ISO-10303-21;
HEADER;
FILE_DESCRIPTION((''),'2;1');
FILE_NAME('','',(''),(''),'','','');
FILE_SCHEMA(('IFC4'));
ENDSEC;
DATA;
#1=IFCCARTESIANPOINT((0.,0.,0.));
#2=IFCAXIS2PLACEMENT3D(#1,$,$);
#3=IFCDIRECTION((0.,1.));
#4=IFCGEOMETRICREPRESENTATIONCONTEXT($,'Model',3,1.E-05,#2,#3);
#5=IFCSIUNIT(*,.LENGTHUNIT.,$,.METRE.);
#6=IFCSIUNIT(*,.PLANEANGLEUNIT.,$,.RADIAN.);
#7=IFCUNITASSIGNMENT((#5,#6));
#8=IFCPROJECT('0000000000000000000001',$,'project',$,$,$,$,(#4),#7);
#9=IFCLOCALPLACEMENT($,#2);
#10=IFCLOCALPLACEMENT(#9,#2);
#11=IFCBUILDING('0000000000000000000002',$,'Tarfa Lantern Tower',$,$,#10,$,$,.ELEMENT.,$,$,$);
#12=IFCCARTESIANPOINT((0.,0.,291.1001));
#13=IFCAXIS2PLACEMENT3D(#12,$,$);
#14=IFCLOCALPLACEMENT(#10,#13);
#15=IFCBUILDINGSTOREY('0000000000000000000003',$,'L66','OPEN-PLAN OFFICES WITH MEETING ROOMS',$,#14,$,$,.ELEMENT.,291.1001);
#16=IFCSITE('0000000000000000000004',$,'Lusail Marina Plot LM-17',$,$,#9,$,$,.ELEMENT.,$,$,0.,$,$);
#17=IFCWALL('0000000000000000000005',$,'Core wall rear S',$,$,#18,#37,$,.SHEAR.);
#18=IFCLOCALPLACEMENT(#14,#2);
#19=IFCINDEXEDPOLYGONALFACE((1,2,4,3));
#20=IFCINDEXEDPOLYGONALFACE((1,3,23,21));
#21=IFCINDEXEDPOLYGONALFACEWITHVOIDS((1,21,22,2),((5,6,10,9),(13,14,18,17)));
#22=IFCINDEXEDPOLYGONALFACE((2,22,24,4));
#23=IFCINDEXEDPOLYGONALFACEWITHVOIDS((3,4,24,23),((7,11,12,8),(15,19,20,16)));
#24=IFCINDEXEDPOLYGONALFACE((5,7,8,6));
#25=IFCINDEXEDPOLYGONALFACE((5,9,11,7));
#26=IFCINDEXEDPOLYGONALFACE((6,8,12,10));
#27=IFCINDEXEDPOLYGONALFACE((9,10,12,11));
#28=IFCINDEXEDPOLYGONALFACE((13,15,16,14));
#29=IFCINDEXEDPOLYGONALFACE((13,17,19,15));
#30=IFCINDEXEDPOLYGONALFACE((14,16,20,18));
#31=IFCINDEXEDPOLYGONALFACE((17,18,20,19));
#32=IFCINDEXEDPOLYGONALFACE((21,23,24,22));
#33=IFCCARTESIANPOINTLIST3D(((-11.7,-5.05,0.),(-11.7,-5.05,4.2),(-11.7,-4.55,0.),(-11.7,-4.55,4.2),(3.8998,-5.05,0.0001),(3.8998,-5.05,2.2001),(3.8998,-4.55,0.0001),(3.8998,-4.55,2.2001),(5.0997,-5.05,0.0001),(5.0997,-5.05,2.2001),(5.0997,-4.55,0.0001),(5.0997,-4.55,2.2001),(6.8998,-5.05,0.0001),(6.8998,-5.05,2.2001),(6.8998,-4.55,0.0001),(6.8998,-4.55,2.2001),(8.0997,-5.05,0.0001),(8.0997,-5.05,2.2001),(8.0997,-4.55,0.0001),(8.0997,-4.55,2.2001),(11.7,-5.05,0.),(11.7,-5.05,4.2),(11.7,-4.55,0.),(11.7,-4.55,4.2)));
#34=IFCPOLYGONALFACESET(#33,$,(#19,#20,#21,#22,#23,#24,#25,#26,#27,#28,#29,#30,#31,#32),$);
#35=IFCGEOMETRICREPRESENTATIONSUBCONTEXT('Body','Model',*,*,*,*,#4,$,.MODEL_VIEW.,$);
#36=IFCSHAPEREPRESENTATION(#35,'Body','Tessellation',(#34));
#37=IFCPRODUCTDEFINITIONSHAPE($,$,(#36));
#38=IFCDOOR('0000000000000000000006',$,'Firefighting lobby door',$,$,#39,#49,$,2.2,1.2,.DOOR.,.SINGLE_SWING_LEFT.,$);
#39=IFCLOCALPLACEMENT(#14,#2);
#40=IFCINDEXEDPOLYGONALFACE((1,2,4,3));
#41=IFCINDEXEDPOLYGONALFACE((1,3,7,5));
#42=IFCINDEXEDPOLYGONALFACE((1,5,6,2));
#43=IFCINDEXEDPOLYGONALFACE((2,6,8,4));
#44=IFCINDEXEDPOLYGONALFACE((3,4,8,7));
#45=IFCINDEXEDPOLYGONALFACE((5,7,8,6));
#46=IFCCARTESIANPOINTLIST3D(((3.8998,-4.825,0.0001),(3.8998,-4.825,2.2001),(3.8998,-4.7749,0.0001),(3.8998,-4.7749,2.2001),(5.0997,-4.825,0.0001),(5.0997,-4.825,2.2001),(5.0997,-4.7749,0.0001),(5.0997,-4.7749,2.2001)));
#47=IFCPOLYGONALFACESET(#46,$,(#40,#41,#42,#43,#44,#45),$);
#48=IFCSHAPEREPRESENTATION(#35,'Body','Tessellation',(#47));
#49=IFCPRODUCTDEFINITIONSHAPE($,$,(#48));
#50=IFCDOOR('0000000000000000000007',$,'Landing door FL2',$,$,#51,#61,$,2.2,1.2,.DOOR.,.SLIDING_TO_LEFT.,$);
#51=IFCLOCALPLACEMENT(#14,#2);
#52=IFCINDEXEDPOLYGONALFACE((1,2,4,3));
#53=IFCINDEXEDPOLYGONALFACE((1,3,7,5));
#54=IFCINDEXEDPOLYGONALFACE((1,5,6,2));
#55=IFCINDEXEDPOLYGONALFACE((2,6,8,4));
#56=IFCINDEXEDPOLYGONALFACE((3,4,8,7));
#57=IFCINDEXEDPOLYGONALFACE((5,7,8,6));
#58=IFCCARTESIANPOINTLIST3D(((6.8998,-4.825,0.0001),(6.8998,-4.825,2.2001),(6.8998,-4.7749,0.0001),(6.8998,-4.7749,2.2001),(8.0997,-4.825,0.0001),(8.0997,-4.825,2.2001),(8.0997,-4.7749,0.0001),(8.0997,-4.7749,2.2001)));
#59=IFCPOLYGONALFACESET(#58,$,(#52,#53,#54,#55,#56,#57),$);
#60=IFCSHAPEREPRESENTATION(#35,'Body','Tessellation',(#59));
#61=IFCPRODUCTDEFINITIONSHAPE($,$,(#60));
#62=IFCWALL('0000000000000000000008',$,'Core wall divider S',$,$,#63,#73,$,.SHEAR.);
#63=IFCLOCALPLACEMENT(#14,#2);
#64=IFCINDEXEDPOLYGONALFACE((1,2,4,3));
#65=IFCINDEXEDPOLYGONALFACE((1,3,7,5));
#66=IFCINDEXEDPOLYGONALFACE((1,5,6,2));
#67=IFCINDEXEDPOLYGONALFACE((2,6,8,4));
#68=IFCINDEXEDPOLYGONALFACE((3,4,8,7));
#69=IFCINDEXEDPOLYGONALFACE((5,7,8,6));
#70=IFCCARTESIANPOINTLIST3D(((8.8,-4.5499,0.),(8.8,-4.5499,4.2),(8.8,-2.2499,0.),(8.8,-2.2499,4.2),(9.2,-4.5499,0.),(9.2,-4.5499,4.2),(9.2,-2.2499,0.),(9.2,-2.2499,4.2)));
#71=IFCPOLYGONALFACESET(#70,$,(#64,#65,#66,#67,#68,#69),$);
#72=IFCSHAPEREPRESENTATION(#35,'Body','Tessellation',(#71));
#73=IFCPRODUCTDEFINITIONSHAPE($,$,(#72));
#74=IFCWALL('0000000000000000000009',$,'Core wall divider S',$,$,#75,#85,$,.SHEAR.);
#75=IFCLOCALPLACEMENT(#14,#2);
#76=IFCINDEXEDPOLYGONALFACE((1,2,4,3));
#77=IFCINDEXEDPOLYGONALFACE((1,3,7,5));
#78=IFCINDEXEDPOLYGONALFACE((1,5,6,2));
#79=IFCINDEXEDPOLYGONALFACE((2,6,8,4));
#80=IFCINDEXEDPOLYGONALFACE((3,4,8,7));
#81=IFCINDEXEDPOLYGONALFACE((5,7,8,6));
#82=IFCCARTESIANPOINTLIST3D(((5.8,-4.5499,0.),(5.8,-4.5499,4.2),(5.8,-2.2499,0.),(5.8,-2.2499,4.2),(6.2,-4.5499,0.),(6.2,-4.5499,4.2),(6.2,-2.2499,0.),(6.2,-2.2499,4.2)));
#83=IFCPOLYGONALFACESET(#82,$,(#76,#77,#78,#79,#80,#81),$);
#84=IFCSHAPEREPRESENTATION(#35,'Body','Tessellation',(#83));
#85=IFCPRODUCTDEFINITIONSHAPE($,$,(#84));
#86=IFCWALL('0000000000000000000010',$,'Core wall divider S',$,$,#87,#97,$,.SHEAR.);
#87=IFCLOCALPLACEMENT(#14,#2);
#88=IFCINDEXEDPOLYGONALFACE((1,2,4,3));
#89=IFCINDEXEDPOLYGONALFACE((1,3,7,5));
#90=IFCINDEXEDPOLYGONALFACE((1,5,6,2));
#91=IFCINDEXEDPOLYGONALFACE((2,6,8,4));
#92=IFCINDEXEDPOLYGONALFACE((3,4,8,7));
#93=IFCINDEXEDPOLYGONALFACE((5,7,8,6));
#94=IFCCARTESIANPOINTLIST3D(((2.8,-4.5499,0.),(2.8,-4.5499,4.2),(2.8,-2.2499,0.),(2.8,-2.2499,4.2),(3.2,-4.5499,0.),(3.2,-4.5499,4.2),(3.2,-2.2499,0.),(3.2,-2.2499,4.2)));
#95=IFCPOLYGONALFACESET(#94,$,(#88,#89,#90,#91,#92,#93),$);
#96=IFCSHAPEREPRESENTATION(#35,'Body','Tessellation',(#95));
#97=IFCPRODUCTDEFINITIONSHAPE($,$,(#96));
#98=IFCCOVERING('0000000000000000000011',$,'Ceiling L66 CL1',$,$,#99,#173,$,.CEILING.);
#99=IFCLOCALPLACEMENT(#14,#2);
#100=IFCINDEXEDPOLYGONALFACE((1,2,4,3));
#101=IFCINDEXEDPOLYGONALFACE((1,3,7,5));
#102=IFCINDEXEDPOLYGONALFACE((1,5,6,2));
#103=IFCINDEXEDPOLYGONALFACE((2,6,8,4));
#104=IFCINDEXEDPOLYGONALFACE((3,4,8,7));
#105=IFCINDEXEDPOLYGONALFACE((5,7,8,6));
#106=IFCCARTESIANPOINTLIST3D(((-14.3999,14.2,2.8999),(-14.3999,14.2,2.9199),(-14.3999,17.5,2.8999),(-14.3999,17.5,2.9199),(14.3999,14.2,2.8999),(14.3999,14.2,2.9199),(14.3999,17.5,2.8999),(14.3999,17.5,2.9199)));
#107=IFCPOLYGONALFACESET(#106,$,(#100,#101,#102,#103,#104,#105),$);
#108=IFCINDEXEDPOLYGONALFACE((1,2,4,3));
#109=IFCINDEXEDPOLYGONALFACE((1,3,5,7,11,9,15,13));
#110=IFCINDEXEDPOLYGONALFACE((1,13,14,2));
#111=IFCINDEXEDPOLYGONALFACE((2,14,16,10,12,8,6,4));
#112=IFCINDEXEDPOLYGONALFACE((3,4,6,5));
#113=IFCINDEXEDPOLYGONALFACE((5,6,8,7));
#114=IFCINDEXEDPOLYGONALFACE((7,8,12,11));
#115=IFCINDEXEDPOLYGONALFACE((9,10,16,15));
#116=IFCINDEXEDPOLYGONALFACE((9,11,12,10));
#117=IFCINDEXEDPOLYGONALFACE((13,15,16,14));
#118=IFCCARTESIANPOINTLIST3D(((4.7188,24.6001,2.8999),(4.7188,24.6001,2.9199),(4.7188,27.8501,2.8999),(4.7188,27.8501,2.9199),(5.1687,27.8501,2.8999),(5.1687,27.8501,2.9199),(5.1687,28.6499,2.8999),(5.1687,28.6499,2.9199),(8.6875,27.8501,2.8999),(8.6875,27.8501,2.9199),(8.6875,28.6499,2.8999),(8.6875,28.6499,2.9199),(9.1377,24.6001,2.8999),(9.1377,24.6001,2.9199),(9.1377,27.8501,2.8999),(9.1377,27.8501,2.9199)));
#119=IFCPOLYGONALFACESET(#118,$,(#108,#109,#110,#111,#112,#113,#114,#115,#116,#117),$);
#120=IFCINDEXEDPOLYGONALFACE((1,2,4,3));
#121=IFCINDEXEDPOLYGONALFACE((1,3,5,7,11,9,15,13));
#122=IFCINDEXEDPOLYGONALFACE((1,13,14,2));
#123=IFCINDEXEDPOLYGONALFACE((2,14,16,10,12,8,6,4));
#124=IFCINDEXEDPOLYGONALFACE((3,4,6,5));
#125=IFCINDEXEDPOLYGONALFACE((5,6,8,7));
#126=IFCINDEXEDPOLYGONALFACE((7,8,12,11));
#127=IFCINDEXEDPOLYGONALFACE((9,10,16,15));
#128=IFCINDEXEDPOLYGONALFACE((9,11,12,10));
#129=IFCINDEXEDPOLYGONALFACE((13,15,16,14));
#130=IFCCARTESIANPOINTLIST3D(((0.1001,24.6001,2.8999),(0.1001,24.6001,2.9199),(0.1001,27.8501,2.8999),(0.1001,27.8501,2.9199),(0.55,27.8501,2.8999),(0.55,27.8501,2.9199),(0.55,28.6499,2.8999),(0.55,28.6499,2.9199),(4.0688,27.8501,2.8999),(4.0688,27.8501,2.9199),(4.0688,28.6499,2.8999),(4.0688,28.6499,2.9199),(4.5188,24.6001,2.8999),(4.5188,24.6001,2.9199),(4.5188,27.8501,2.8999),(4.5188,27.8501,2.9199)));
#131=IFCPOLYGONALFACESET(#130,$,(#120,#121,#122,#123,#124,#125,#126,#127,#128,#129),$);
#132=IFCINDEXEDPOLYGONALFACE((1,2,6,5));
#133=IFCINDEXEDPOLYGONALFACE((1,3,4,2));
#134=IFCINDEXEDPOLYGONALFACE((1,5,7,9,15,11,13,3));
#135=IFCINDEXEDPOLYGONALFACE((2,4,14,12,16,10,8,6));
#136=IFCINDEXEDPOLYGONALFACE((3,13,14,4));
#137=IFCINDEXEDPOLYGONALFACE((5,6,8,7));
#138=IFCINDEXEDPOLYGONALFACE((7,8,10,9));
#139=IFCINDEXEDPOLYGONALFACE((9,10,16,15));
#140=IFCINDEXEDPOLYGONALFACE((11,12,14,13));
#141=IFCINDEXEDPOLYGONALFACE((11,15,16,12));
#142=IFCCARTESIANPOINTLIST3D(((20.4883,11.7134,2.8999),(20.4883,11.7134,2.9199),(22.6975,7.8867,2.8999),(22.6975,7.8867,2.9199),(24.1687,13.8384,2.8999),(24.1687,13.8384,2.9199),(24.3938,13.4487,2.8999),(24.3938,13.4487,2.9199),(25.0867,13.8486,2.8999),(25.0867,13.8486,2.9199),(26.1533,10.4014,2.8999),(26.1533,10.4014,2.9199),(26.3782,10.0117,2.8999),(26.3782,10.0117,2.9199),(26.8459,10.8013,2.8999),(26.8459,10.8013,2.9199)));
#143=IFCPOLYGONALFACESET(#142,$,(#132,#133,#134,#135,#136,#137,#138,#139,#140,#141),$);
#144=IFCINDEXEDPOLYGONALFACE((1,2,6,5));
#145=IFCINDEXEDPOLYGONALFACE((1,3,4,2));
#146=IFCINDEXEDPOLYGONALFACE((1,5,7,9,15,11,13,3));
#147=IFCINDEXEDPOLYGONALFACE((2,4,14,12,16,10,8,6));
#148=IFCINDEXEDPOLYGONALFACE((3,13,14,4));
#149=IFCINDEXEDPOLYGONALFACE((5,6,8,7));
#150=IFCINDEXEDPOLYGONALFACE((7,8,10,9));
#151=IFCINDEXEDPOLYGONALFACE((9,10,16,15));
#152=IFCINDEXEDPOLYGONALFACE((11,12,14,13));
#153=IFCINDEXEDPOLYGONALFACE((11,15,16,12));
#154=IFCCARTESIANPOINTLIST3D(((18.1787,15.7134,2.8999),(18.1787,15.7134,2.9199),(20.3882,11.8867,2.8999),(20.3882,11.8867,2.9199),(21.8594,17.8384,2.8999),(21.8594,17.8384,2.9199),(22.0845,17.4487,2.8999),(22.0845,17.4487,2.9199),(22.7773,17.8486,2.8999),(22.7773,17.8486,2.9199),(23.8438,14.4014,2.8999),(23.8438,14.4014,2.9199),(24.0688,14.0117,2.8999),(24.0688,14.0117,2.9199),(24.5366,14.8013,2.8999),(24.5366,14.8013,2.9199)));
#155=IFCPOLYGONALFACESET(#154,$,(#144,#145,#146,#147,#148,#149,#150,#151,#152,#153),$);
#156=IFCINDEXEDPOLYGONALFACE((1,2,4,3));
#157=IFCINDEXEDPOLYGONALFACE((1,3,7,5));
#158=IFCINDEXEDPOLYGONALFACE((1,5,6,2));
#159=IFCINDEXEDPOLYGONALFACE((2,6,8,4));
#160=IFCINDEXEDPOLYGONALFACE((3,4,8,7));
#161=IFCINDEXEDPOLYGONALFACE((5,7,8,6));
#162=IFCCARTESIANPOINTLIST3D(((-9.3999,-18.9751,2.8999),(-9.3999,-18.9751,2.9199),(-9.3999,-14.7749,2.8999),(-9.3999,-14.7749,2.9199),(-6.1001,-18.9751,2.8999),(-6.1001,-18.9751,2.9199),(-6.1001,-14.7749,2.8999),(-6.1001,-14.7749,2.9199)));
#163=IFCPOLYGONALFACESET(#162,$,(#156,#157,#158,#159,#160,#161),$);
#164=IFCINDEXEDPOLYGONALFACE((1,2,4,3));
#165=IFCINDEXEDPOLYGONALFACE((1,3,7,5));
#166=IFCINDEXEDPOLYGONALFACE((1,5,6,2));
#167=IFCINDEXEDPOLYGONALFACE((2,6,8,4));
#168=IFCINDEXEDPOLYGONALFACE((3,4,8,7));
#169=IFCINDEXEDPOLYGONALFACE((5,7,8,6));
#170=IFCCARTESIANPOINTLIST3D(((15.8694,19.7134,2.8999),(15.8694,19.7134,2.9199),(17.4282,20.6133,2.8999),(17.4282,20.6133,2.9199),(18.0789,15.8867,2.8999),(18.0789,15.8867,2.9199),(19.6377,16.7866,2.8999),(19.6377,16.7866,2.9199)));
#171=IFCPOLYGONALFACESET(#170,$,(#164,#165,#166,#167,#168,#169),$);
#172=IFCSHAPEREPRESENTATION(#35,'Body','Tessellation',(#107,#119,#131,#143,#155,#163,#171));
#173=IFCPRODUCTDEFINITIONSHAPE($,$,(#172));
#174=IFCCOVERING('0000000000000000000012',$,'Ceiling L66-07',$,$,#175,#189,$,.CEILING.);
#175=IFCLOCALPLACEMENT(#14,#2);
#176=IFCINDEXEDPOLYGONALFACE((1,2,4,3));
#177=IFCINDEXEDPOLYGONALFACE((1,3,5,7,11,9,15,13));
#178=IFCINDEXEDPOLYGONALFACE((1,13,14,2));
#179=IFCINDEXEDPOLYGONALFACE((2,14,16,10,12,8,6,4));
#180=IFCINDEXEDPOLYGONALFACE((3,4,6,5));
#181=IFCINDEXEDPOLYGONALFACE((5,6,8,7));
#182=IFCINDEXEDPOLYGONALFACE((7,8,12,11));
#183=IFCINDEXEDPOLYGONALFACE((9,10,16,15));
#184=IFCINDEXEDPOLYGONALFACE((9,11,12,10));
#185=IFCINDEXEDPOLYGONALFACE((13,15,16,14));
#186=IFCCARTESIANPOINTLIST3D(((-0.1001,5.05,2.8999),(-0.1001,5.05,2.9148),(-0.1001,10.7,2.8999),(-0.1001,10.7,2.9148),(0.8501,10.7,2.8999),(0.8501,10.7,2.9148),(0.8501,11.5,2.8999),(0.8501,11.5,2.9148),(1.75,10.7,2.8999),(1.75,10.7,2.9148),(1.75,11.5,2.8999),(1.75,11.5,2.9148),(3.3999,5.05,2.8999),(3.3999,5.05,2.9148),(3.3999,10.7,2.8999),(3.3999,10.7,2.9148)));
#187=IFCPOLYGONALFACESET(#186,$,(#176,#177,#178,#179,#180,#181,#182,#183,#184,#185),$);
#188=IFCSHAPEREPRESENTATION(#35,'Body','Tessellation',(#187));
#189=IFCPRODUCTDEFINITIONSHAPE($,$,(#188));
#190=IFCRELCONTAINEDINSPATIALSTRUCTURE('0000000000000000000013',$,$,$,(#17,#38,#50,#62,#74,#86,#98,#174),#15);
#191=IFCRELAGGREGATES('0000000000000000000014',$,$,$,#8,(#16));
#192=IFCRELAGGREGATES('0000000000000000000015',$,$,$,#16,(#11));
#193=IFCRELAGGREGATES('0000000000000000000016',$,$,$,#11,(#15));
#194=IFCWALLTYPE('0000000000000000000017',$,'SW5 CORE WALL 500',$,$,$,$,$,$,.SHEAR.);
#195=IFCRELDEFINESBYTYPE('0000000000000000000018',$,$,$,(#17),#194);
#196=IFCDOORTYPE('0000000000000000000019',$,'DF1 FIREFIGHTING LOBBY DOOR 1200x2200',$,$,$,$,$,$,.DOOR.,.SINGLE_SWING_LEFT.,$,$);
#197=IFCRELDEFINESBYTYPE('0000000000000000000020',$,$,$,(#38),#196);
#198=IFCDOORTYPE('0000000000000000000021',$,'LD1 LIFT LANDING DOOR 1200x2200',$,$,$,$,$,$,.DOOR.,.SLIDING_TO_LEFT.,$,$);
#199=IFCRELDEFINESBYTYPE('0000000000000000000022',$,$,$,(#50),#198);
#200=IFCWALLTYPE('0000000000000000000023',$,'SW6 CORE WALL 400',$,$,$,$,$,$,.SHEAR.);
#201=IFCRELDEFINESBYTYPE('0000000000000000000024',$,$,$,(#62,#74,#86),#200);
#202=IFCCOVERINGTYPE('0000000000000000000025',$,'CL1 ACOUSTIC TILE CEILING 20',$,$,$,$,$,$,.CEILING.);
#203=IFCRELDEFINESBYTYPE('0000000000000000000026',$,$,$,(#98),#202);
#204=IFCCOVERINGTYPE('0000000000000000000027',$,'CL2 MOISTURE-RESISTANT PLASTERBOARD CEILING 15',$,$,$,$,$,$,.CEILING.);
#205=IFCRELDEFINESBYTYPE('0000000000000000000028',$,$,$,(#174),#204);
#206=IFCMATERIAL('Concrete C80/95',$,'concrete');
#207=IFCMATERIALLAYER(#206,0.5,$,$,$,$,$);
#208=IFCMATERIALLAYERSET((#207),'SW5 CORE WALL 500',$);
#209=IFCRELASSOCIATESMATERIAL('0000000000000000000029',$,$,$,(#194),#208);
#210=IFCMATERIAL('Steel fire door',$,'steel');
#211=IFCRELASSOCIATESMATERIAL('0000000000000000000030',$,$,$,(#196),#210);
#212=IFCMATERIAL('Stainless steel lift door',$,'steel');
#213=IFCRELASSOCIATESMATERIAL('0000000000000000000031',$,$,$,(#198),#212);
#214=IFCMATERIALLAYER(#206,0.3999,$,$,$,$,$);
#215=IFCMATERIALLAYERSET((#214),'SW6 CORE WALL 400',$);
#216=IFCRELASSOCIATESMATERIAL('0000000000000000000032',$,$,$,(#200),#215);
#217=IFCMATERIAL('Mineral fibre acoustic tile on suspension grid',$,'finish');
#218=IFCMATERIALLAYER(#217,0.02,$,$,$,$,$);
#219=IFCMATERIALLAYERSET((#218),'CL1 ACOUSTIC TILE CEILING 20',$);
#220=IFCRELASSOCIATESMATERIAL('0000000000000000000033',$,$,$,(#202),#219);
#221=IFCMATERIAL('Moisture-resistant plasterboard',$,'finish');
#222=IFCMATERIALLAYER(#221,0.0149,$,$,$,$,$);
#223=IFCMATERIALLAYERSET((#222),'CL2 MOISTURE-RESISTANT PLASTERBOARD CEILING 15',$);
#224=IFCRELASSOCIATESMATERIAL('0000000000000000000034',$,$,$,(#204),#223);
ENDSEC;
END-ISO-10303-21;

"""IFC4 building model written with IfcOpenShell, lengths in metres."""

from ifc_helpers import new_model, si_unit, direction, frame, frame_2d, origin, place, context, subcontext, project, spatial, polyline, rectangle, outline, extrude, material, layer, layer_set, type_object, element, fill, save


model = new_model("IFC4")

# Units and contexts
model_context = context("Model", 3, precision=1e-05, world=origin(), true_north=direction((0.0, 1.0)))
body_context = subcontext(model_context, "Body", "Model", "MODEL_VIEW")
ifc_project = project(units=[si_unit("LENGTHUNIT", "METRE"), si_unit("PLANEANGLEUNIT", "RADIAN")], contexts=[model_context])

# Site, building, storey
site_placement = place(None, origin())
site = spatial("IfcSite", under=ifc_project, at=site_placement, Name="Lusail Marina Plot LM-17", CompositionType="ELEMENT", RefElevation=0.0)
building_placement = place(site_placement, origin())
building = spatial("IfcBuilding", under=site, at=building_placement, Name="Tarfa Lantern Tower", CompositionType="ELEMENT")
storey_placement = place(building_placement, frame((0.0, 0.0, 291.1001)))
storey = spatial("IfcBuildingStorey", under=building, at=storey_placement, Name="L66", Description="OPEN-PLAN OFFICES WITH MEETING ROOMS", CompositionType="ELEMENT", Elevation=291.1001)

# Shared definitions
ifc_material_1 = material(Name="Concrete C80/95", Category="concrete")

# Shared definitions
ifc_material_2 = material(Name="Steel fire door", Category="steel")

# Wall, openings, doors
ifc_layer_1 = layer(ifc_material_1, 0.5)
ifc_layer_set_1 = layer_set([ifc_layer_1], Name="SW5 CORE WALL 500")
wall_type_1 = type_object("IfcWallType", Name="SW5 CORE WALL 500", PredefinedType="SHEAR", material=ifc_layer_set_1)
ifc_material_3 = material(Name="Stainless steel lift door", Category="steel")
wall_1_placement = place(storey_placement, frame((11.7, -4.8, 0.0), z_axis=(0.0, 0.0, 1.0), x_axis=(-1.0, 0.0, 0.0)))
wall_1 = element("IfcWall", 1, at=wall_1_placement, inside=storey, type_object=wall_type_1, Name="Core wall rear S", PredefinedType="SHEAR", context=body_context, shape_type="SweptSolid", body=[
    extrude(rectangle(XDim=23.3999, YDim=0.5, at=frame_2d((11.7, 0.0))), origin(), (0.0, 0.0, 1.0), 4.2),
])
opening_1_placement = place(wall_1_placement, frame((6.6001, 0.0, 0.0)))
opening_1 = element("IfcOpeningElement", 2, at=opening_1_placement, cuts=wall_1, PredefinedType="OPENING", context=body_context, shape_type="SweptSolid", body=[
    extrude(rectangle(XDim=1.2, YDim=2.2, at=frame_2d((0.6001, 1.1001))), frame((0.0, 0.26, 0.0), z_axis=(0.0, -1.0, 0.0), x_axis=(1.0, 0.0, 0.0)), (0.0, 0.0, 1.0), 0.52),
])
opening_2_placement = place(wall_1_placement, frame((3.6001, 0.0, 0.0)))
opening_2 = element("IfcOpeningElement", 3, at=opening_2_placement, cuts=wall_1, PredefinedType="OPENING", context=body_context, shape_type="SweptSolid", body=[
    extrude(rectangle(XDim=1.2, YDim=2.2, at=frame_2d((0.6001, 1.1001))), frame((0.0, 0.26, 0.0), z_axis=(0.0, -1.0, 0.0), x_axis=(1.0, 0.0, 0.0)), (0.0, 0.0, 1.0), 0.52),
])
door_type_1 = type_object("IfcDoorType", Name="DF1 FIREFIGHTING LOBBY DOOR 1200x2200", OperationType="SINGLE_SWING_LEFT", PredefinedType="DOOR", material=ifc_material_2)
door_1_placement = place(opening_1_placement, origin())
door_1 = element("IfcDoor", 4, at=door_1_placement, inside=storey, type_object=door_type_1, Name="Firefighting lobby door", OperationType="SINGLE_SWING_LEFT", OverallHeight=2.2, OverallWidth=1.2, PredefinedType="DOOR", context=body_context, shape_type="SweptSolid", body=[
    extrude(rectangle(XDim=1.2, YDim=2.2, at=frame_2d((0.6001, 1.1001))), frame((0.0, 0.0249, 0.0), z_axis=(0.0, -1.0, 0.0), x_axis=(1.0, 0.0, 0.0)), (0.0, 0.0, 1.0), 0.05),
])
fill(opening_1, door_1)
door_type_2 = type_object("IfcDoorType", Name="LD1 LIFT LANDING DOOR 1200x2200", OperationType="SLIDING_TO_LEFT", PredefinedType="DOOR", material=ifc_material_3)
door_2_placement = place(opening_2_placement, origin())
door_2 = element("IfcDoor", 5, at=door_2_placement, inside=storey, type_object=door_type_2, Name="Landing door FL2", OperationType="SLIDING_TO_LEFT", OverallHeight=2.2, OverallWidth=1.2, PredefinedType="DOOR", context=body_context, shape_type="SweptSolid", body=[
    extrude(rectangle(XDim=1.2, YDim=2.2, at=frame_2d((0.6001, 1.1001))), frame((0.0, 0.0249, 0.0), z_axis=(0.0, -1.0, 0.0), x_axis=(1.0, 0.0, 0.0)), (0.0, 0.0, 1.0), 0.05),
])
fill(opening_2, door_2)

# Walls
ifc_layer_2 = layer(ifc_material_1, 0.3999)
ifc_layer_set_2 = layer_set([ifc_layer_2], Name="SW6 CORE WALL 400")
wall_type_2 = type_object("IfcWallType", Name="SW6 CORE WALL 400", PredefinedType="SHEAR", material=ifc_layer_set_2)
for number, where, z_axis, x_axis, name in (
    (6, (9.0, -2.25, 0.0), (0.0, 0.0, 1.0), (0.0, -1.0, 0.0), "Core wall divider S"),
    (7, (6.0, -2.25, 0.0), (0.0, 0.0, 1.0), (0.0, -1.0, 0.0), "Core wall divider S"),
    (8, (3.0, -2.25, 0.0), (0.0, 0.0, 1.0), (0.0, -1.0, 0.0), "Core wall divider S"),
):
    element("IfcWall", number, at=place(storey_placement, frame(where, z_axis=z_axis, x_axis=x_axis)), inside=storey, type_object=wall_type_2, Name=name, PredefinedType="SHEAR", context=body_context, shape_type="SweptSolid", body=[
        extrude(rectangle(XDim=2.3, YDim=0.3999, at=frame_2d((1.1499, 0.0))), origin(), (0.0, 0.0, 1.0), 4.2),
    ])

# Coverings
ifc_material_4 = material(Name="Mineral fibre acoustic tile on suspension grid", Category="finish")
ifc_layer_3 = layer(ifc_material_4, 0.02)
ifc_layer_set_3 = layer_set([ifc_layer_3], Name="CL1 ACOUSTIC TILE CEILING 20")
covering_type_1 = type_object("IfcCoveringType", Name="CL1 ACOUSTIC TILE CEILING 20", PredefinedType="CEILING", material=ifc_layer_set_3)
covering_1_placement = place(storey_placement, frame((0.0, 0.0, 2.8999)))
element("IfcCovering", 9, at=covering_1_placement, inside=storey, type_object=covering_type_1, Name="Ceiling L66 CL1", PredefinedType="CEILING", context=body_context, shape_type="SweptSolid", body=[
    extrude(outline(polyline([(-14.3999, 17.5), (14.3999, 17.5), (14.3999, 14.2), (-14.3999, 14.2), (-14.3999, 17.5)])), origin(), (0.0, 0.0, 1.0), 0.02),
    extrude(outline(polyline([(9.1377, 24.6001), (4.7188, 24.6001), (4.7188, 27.8501), (5.1687, 27.8501), (5.1687, 28.6499), (8.6875, 28.6499), (8.6875, 27.8501), (9.1377, 27.8501), (9.1377, 24.6001)])), origin(), (0.0, 0.0, 1.0), 0.02),
    extrude(outline(polyline([(4.5188, 24.6001), (0.1001, 24.6001), (0.1001, 27.8501), (0.55, 27.8501), (0.55, 28.6499), (4.0688, 28.6499), (4.0688, 27.8501), (4.5188, 27.8501), (4.5188, 24.6001)])), origin(), (0.0, 0.0, 1.0), 0.02),
    extrude(outline(polyline([(20.4883, 11.7134), (24.1687, 13.8384), (24.3938, 13.4487), (25.0867, 13.8486), (26.8459, 10.8013), (26.1533, 10.4014), (26.3782, 10.0117), (22.6975, 7.8867), (20.4883, 11.7134)])), origin(), (0.0, 0.0, 1.0), 0.02),
    extrude(outline(polyline([(18.1787, 15.7134), (21.8594, 17.8384), (22.0845, 17.4487), (22.7773, 17.8486), (24.5366, 14.8013), (23.8438, 14.4014), (24.0688, 14.0117), (20.3882, 11.8867), (18.1787, 15.7134)])), origin(), (0.0, 0.0, 1.0), 0.02),
    extrude(outline(polyline([(-9.3999, -18.9751), (-9.3999, -14.7749), (-6.1001, -14.7749), (-6.1001, -18.9751), (-9.3999, -18.9751)])), origin(), (0.0, 0.0, 1.0), 0.02),
    extrude(outline(polyline([(15.8694, 19.7134), (17.4282, 20.6133), (19.6377, 16.7866), (18.0789, 15.8867), (15.8694, 19.7134)])), origin(), (0.0, 0.0, 1.0), 0.02),
])
ifc_material_5 = material(Name="Moisture-resistant plasterboard", Category="finish")
ifc_layer_4 = layer(ifc_material_5, 0.0149)
ifc_layer_set_4 = layer_set([ifc_layer_4], Name="CL2 MOISTURE-RESISTANT PLASTERBOARD CEILING 15")
covering_type_2 = type_object("IfcCoveringType", Name="CL2 MOISTURE-RESISTANT PLASTERBOARD CEILING 15", PredefinedType="CEILING", material=ifc_layer_set_4)
covering_2_placement = place(storey_placement, frame((0.0, 0.0, 2.8999)))
element("IfcCovering", 10, at=covering_2_placement, inside=storey, type_object=covering_type_2, Name="Ceiling L66-07", PredefinedType="CEILING", context=body_context, shape_type="SweptSolid", body=[
    extrude(outline(polyline([(0.8501, 10.7), (-0.1001, 10.7), (-0.1001, 5.05), (3.3999, 5.05), (3.3999, 10.7), (1.75, 10.7), (1.75, 11.5), (0.8501, 11.5), (0.8501, 11.5), (0.8501, 10.7)])), origin(), (0.0, 0.0, 1.0), 0.0149),
])

save(model, "model.ifc")
